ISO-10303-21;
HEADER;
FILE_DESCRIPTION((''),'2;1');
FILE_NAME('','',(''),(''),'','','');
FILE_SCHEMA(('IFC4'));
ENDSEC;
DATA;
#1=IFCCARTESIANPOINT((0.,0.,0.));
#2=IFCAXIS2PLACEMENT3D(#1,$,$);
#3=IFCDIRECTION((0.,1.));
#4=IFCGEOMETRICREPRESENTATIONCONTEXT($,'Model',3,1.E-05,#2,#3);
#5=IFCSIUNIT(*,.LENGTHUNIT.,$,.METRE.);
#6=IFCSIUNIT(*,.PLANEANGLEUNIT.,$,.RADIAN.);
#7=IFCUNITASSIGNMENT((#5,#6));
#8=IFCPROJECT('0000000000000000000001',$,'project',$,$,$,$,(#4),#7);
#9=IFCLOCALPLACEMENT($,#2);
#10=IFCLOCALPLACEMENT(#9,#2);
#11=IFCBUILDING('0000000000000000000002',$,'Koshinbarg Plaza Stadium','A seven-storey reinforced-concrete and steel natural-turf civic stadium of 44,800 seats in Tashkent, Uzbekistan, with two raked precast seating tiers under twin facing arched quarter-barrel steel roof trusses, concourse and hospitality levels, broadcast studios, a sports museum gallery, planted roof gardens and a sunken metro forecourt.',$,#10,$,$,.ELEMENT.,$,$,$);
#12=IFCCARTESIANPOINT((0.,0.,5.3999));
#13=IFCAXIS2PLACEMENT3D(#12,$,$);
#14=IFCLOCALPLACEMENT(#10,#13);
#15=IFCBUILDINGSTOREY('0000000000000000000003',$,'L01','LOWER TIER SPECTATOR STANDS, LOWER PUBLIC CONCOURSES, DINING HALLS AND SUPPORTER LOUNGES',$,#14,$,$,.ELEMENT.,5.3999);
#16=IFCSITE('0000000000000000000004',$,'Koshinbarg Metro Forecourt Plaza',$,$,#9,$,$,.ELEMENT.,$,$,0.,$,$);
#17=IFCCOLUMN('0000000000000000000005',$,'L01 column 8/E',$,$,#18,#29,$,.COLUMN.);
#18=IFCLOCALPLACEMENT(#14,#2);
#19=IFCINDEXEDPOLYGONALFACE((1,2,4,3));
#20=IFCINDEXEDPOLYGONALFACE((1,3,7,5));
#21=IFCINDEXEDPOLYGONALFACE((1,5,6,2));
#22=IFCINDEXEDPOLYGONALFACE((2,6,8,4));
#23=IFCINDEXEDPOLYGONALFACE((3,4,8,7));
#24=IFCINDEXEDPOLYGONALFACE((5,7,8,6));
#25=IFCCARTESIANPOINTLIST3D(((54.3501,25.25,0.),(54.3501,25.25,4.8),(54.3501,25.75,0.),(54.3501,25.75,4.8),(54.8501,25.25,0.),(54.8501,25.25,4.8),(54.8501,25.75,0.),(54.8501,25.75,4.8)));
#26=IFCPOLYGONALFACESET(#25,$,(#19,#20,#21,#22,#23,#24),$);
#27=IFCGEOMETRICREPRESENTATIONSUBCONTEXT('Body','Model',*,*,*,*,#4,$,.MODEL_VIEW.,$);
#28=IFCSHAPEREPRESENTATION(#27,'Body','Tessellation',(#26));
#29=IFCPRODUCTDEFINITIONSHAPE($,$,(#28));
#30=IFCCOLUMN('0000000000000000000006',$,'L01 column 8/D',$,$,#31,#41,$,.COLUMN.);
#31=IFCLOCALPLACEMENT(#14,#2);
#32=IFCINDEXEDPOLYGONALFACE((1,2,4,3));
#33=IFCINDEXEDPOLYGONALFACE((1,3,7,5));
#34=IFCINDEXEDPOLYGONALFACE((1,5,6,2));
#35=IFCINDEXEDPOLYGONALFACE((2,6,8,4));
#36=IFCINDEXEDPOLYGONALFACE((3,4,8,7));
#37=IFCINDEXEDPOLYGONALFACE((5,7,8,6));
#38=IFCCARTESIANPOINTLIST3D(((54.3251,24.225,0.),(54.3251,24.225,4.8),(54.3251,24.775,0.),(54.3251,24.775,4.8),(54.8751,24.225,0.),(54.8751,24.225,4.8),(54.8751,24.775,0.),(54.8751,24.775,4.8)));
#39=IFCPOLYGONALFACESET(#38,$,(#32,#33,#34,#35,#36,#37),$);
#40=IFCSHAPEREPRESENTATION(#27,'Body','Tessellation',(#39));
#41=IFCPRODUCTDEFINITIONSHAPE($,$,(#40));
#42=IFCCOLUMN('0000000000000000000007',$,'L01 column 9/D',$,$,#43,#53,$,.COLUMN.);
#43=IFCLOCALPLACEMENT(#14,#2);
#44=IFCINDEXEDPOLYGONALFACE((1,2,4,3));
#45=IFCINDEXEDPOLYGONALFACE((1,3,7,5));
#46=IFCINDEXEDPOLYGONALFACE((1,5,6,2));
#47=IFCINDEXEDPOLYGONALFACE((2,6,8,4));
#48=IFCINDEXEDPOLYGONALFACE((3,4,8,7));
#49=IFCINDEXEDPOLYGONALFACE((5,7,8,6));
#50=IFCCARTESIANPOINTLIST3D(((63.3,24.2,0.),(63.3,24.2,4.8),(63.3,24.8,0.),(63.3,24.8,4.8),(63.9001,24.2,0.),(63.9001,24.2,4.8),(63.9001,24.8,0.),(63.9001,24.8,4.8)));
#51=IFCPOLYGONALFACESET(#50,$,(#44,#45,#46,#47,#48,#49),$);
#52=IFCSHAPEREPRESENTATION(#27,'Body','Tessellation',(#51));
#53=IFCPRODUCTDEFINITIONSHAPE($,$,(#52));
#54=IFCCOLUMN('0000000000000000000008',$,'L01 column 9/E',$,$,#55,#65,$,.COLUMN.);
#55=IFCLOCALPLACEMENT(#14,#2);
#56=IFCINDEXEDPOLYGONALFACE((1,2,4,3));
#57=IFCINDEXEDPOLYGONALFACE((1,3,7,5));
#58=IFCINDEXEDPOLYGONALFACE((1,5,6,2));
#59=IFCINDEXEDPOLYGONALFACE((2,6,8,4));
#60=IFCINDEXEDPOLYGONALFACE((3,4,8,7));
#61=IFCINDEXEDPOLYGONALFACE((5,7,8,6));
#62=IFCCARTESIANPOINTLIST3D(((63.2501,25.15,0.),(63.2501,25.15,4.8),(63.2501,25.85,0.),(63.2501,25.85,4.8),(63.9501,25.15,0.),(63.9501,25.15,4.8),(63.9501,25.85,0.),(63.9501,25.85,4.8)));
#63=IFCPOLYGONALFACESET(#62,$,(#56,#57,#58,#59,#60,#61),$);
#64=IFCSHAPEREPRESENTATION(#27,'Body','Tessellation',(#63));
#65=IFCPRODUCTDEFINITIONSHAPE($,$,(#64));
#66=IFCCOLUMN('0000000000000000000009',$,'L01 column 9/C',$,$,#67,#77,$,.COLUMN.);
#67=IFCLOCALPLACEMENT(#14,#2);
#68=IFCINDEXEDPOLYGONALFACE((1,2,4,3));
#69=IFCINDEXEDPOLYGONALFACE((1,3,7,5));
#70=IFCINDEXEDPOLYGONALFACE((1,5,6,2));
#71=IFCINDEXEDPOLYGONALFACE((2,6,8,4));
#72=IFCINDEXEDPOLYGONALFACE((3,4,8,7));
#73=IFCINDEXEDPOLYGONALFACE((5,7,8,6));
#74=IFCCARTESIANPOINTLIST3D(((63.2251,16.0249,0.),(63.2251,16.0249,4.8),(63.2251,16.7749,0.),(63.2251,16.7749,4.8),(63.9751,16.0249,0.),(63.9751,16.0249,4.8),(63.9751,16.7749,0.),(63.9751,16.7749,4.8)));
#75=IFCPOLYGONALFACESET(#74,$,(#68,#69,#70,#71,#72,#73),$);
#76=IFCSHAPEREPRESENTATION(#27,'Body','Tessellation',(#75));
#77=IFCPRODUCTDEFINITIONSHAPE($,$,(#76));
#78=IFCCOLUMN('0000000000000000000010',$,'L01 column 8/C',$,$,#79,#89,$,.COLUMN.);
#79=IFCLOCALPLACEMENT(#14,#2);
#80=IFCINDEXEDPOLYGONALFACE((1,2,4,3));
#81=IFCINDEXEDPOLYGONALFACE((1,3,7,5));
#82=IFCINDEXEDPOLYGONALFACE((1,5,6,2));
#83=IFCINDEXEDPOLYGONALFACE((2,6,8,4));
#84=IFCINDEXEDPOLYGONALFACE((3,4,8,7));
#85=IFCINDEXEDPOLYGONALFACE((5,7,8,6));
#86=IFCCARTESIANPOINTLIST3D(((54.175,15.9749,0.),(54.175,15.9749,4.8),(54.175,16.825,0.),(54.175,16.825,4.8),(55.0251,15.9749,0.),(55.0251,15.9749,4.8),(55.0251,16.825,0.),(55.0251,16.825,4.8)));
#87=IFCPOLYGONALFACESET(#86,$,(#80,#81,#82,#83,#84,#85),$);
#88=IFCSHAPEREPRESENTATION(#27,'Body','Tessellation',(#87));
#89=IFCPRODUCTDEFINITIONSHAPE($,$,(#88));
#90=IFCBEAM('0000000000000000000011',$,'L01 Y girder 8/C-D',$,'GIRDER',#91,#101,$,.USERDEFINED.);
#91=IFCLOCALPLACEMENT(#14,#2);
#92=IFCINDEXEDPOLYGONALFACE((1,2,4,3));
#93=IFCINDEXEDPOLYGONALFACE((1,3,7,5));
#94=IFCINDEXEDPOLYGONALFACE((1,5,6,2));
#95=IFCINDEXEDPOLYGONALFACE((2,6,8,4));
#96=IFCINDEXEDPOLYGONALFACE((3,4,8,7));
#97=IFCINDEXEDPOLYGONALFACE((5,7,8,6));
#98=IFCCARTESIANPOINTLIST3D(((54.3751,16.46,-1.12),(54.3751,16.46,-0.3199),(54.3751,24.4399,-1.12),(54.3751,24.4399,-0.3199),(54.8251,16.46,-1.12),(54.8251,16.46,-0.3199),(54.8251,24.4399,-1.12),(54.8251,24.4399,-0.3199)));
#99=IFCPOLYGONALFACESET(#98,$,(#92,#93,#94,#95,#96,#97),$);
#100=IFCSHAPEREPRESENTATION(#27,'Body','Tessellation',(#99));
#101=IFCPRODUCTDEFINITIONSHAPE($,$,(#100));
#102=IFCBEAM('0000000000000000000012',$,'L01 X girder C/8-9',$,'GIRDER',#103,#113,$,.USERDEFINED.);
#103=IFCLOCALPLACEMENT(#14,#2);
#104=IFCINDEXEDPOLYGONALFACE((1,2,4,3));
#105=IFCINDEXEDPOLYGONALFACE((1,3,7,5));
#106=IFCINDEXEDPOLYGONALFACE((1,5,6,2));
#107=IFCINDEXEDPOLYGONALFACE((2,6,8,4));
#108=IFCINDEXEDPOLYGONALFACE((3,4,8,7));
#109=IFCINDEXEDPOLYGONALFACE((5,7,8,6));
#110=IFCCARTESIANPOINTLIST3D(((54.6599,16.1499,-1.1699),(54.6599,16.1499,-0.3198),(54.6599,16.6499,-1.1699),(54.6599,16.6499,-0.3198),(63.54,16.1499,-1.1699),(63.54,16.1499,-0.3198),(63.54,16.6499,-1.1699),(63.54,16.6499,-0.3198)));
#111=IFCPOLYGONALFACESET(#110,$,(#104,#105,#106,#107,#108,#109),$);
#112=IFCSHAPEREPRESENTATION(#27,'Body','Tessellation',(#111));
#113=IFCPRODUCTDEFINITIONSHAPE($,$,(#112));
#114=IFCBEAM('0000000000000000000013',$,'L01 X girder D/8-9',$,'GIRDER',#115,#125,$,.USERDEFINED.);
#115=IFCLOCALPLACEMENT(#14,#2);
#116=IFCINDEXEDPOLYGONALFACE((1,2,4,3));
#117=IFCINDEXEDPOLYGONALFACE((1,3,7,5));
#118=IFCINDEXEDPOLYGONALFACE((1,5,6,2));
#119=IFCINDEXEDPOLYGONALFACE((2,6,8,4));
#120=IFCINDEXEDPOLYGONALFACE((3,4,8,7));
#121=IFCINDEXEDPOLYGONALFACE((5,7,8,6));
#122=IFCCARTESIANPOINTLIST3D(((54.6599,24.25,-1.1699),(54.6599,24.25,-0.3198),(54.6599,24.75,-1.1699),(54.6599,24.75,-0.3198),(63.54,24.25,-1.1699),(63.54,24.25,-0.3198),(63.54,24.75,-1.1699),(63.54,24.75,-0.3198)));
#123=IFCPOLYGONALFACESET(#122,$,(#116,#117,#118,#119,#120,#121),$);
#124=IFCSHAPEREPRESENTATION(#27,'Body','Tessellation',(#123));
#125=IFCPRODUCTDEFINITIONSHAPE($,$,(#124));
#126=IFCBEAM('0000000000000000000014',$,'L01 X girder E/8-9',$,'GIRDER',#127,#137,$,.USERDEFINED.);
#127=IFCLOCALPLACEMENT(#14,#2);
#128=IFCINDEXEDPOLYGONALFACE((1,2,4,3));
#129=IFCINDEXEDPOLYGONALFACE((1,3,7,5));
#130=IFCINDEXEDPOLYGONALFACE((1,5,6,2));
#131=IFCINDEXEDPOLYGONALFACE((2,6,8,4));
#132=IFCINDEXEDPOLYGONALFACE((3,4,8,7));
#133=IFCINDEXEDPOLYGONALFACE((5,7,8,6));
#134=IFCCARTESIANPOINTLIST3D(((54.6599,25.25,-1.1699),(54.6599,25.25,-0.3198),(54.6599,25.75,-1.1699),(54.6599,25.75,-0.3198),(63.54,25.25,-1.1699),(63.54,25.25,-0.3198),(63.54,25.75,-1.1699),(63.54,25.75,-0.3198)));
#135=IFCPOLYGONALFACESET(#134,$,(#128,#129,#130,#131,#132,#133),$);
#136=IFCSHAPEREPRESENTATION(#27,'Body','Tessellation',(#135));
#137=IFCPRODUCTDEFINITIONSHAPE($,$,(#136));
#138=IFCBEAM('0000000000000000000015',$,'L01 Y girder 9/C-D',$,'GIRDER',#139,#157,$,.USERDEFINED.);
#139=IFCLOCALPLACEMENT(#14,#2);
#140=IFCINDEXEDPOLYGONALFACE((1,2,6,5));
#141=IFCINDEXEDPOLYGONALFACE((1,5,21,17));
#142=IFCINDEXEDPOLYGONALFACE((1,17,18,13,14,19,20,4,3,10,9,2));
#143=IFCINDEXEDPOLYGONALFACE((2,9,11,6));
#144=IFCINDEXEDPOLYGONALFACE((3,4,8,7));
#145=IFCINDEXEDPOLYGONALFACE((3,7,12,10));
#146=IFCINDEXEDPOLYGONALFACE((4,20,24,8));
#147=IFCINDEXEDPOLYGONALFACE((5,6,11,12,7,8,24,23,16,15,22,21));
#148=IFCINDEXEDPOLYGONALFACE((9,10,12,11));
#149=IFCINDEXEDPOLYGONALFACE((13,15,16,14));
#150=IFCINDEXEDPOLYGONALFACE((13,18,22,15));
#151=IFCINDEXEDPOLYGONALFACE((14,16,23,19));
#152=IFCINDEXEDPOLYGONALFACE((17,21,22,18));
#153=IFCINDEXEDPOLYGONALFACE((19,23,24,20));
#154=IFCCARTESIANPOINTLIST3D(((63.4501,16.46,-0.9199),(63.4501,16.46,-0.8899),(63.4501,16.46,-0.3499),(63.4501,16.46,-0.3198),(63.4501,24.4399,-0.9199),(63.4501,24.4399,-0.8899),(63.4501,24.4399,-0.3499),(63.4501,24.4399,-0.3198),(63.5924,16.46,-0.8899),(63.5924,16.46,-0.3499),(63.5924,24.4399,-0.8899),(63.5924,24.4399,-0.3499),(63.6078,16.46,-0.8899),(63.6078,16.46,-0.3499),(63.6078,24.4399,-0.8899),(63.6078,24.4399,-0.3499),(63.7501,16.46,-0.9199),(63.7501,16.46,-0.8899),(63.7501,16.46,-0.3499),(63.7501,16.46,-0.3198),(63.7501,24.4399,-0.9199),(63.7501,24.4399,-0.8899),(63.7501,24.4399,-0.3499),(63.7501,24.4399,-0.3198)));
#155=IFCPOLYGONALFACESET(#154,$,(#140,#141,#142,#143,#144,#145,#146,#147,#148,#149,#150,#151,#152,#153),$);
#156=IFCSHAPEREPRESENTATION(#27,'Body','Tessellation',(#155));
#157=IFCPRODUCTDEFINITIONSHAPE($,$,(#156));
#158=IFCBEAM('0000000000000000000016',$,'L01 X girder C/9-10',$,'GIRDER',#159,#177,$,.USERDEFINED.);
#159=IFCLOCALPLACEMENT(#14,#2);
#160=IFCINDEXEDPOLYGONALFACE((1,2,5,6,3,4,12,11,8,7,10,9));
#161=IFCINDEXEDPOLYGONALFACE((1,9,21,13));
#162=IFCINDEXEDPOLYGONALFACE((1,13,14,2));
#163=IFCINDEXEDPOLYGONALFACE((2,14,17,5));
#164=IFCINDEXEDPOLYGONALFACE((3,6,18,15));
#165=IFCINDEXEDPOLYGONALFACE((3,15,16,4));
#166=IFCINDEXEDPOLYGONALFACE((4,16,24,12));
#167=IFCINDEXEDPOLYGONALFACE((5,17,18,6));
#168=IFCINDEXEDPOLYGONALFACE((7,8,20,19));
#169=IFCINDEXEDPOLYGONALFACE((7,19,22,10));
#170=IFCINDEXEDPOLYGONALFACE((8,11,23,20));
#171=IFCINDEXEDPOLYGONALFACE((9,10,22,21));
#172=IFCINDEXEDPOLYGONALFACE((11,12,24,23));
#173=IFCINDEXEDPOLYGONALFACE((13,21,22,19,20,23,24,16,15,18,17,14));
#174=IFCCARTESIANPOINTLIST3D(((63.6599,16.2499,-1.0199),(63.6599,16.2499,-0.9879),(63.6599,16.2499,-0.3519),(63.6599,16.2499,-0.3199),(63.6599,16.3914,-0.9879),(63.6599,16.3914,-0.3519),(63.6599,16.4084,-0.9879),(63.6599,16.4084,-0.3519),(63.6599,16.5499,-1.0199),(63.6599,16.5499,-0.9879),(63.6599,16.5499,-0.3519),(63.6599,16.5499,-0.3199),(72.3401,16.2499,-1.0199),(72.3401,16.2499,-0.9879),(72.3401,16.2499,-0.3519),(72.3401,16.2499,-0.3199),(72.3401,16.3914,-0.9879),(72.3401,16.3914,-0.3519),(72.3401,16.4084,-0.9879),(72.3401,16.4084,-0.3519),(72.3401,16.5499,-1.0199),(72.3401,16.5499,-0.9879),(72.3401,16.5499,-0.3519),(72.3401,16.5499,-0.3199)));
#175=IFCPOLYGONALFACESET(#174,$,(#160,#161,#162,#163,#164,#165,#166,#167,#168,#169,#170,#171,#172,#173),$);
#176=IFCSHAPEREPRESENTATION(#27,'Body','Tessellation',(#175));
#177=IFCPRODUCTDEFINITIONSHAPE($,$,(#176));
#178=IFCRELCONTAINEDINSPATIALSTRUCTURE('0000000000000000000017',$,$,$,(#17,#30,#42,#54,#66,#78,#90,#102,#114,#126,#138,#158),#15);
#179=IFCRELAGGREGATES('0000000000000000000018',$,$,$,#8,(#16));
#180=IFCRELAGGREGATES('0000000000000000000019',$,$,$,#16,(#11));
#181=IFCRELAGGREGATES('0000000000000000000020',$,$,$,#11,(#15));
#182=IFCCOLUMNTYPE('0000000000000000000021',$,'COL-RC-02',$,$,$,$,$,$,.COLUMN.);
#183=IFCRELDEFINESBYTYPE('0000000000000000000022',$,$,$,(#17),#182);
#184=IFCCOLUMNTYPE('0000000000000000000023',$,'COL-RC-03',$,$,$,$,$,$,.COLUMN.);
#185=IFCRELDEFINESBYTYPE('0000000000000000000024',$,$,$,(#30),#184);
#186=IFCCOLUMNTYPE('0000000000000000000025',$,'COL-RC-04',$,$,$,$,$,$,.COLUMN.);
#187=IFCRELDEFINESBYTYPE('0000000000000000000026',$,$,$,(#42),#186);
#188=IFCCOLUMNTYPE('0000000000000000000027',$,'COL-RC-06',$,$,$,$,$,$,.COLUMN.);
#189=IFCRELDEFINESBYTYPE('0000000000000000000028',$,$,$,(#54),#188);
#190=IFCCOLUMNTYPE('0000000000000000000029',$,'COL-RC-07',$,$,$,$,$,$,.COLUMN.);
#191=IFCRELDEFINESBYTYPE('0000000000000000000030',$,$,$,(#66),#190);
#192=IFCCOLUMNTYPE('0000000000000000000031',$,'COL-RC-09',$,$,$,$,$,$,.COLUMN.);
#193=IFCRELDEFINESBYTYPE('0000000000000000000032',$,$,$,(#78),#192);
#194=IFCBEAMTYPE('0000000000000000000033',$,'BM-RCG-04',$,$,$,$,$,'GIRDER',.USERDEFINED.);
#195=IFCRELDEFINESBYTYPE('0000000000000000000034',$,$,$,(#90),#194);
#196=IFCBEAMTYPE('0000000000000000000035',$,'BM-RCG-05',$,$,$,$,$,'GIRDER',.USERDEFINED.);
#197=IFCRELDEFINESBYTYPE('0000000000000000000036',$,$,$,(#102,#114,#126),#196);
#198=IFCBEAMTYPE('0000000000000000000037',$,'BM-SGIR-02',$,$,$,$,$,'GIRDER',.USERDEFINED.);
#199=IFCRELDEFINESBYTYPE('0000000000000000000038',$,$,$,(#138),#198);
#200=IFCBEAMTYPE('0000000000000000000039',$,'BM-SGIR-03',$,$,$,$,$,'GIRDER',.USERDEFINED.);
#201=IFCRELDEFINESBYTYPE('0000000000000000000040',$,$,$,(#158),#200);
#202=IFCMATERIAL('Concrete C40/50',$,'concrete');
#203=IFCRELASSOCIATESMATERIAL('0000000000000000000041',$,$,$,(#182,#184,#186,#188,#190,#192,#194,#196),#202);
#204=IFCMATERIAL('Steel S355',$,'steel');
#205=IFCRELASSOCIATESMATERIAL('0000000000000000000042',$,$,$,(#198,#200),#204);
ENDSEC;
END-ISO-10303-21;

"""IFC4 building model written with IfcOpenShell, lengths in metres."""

from ifc_helpers import new_model, si_unit, direction, frame, origin, origin_2d, place, context, subcontext, project, spatial, rectangle, i_section, extrude, material, material_profile, profile_set, type_object, element, save


model = new_model("IFC4")

# Units and contexts
model_context = context("Model", 3, precision=1e-05, world=origin(), true_north=direction((0.0, 1.0)))
body_context = subcontext(model_context, "Body", "Model", "MODEL_VIEW")
ifc_project = project(units=[si_unit("LENGTHUNIT", "METRE"), si_unit("PLANEANGLEUNIT", "RADIAN")], contexts=[model_context])

# Site, building, storey
site_placement = place(None, origin())
site = spatial("IfcSite", under=ifc_project, at=site_placement, Name="Koshinbarg Metro Forecourt Plaza", CompositionType="ELEMENT", RefElevation=0.0)
building_placement = place(site_placement, origin())
building = spatial("IfcBuilding", under=site, at=building_placement, Name="Koshinbarg Plaza Stadium", Description="A seven-storey reinforced-concrete and steel natural-turf civic stadium of 44,800 seats in Tashkent, Uzbekistan, with two raked precast seating tiers under twin facing arched quarter-barrel steel roof trusses, concourse and hospitality levels, broadcast studios, a sports museum gallery, planted roof gardens and a sunken metro forecourt.", CompositionType="ELEMENT")
storey_placement = place(building_placement, frame((0.0, 0.0, 5.3999)))
storey = spatial("IfcBuildingStorey", under=building, at=storey_placement, Name="L01", Description="LOWER TIER SPECTATOR STANDS, LOWER PUBLIC CONCOURSES, DINING HALLS AND SUPPORTER LOUNGES", CompositionType="ELEMENT", Elevation=5.3999)

# Columns
ifc_material_1 = material(Name="Concrete C40/50", Category="concrete")
ifc_material_profile_1 = material_profile(ifc_material_1, rectangle(XDim=0.5, YDim=0.5, at=origin_2d()), Name="RC 500x500")
ifc_profile_set_1 = profile_set([ifc_material_profile_1], Name="Concrete C40/50")
column_type_1 = type_object("IfcColumnType", Name="COL-RC-02", PredefinedType="COLUMN", material=ifc_profile_set_1)
column_1_placement = place(storey_placement, frame((54.6001, 25.5, 0.0), z_axis=(0.0, 0.0, 1.0), x_axis=(1.0, 0.0, 0.0)))
element("IfcColumn", 1, at=column_1_placement, inside=storey, type_object=column_type_1, Name="L01 column 8/E", PredefinedType="COLUMN", context=body_context, shape_type="SweptSolid", body=[
    extrude(rectangle(XDim=0.5, YDim=0.5, at=origin_2d()), origin(), (0.0, 0.0, 1.0), 4.8),
])
ifc_material_profile_2 = material_profile(ifc_material_1, rectangle(XDim=0.55, YDim=0.55, at=origin_2d()), Name="RC 550x550")
ifc_profile_set_2 = profile_set([ifc_material_profile_2], Name="Concrete C40/50")
column_type_2 = type_object("IfcColumnType", Name="COL-RC-03", PredefinedType="COLUMN", material=ifc_profile_set_2)
column_2_placement = place(storey_placement, frame((54.6001, 24.5, 0.0), z_axis=(0.0, 0.0, 1.0), x_axis=(1.0, 0.0, 0.0)))
element("IfcColumn", 2, at=column_2_placement, inside=storey, type_object=column_type_2, Name="L01 column 8/D", PredefinedType="COLUMN", context=body_context, shape_type="SweptSolid", body=[
    extrude(rectangle(XDim=0.55, YDim=0.55, at=origin_2d()), origin(), (0.0, 0.0, 1.0), 4.8),
])
ifc_material_profile_3 = material_profile(ifc_material_1, rectangle(XDim=0.6001, YDim=0.6001, at=origin_2d()), Name="RC 600x600")
ifc_profile_set_3 = profile_set([ifc_material_profile_3], Name="Concrete C40/50")
column_type_3 = type_object("IfcColumnType", Name="COL-RC-04", PredefinedType="COLUMN", material=ifc_profile_set_3)
column_3_placement = place(storey_placement, frame((63.6001, 24.5, 0.0), z_axis=(0.0, 0.0, 1.0), x_axis=(1.0, 0.0, 0.0)))
element("IfcColumn", 3, at=column_3_placement, inside=storey, type_object=column_type_3, Name="L01 column 9/D", PredefinedType="COLUMN", context=body_context, shape_type="SweptSolid", body=[
    extrude(rectangle(XDim=0.6001, YDim=0.6001, at=origin_2d()), origin(), (0.0, 0.0, 1.0), 4.8),
])
ifc_material_profile_4 = material_profile(ifc_material_1, rectangle(XDim=0.7, YDim=0.7, at=origin_2d()), Name="RC 700x700")
ifc_profile_set_4 = profile_set([ifc_material_profile_4], Name="Concrete C40/50")
column_type_4 = type_object("IfcColumnType", Name="COL-RC-06", PredefinedType="COLUMN", material=ifc_profile_set_4)
column_4_placement = place(storey_placement, frame((63.6001, 25.5, 0.0), z_axis=(0.0, 0.0, 1.0), x_axis=(1.0, 0.0, 0.0)))
element("IfcColumn", 4, at=column_4_placement, inside=storey, type_object=column_type_4, Name="L01 column 9/E", PredefinedType="COLUMN", context=body_context, shape_type="SweptSolid", body=[
    extrude(rectangle(XDim=0.7, YDim=0.7, at=origin_2d()), origin(), (0.0, 0.0, 1.0), 4.8),
])
ifc_material_profile_5 = material_profile(ifc_material_1, rectangle(XDim=0.75, YDim=0.75, at=origin_2d()), Name="RC 750x750")
ifc_profile_set_5 = profile_set([ifc_material_profile_5], Name="Concrete C40/50")
column_type_5 = type_object("IfcColumnType", Name="COL-RC-07", PredefinedType="COLUMN", material=ifc_profile_set_5)
column_5_placement = place(storey_placement, frame((63.6001, 16.3999, 0.0), z_axis=(0.0, 0.0, 1.0), x_axis=(1.0, 0.0, 0.0)))
element("IfcColumn", 5, at=column_5_placement, inside=storey, type_object=column_type_5, Name="L01 column 9/C", PredefinedType="COLUMN", context=body_context, shape_type="SweptSolid", body=[
    extrude(rectangle(XDim=0.75, YDim=0.75, at=origin_2d()), origin(), (0.0, 0.0, 1.0), 4.8),
])
ifc_material_profile_6 = material_profile(ifc_material_1, rectangle(XDim=0.8501, YDim=0.8501, at=origin_2d()), Name="RC 850x850")
ifc_profile_set_6 = profile_set([ifc_material_profile_6], Name="Concrete C40/50")
column_type_6 = type_object("IfcColumnType", Name="COL-RC-09", PredefinedType="COLUMN", material=ifc_profile_set_6)
column_6_placement = place(storey_placement, frame((54.6001, 16.3999, 0.0), z_axis=(0.0, 0.0, 1.0), x_axis=(1.0, 0.0, 0.0)))
element("IfcColumn", 6, at=column_6_placement, inside=storey, type_object=column_type_6, Name="L01 column 8/C", PredefinedType="COLUMN", context=body_context, shape_type="SweptSolid", body=[
    extrude(rectangle(XDim=0.8501, YDim=0.8501, at=origin_2d()), origin(), (0.0, 0.0, 1.0), 4.8),
])

# Beams
ifc_material_profile_7 = material_profile(ifc_material_1, rectangle(XDim=0.45, YDim=0.8, at=origin_2d()), Name="RC 450x800")
ifc_profile_set_7 = profile_set([ifc_material_profile_7], Name="Concrete C40/50")
beam_type_1 = type_object("IfcBeamType", Name="BM-RCG-04", ElementType="GIRDER", PredefinedType="USERDEFINED", material=ifc_profile_set_7)
beam_1_placement = place(storey_placement, frame((54.6001, 16.46, -0.72), z_axis=(0.0, 1.0, 0.0), x_axis=(-1.0, 0.0, 0.0)))
element("IfcBeam", 7, at=beam_1_placement, inside=storey, type_object=beam_type_1, Name="L01 Y girder 8/C-D", ObjectType="GIRDER", PredefinedType="USERDEFINED", context=body_context, shape_type="SweptSolid", body=[
    extrude(rectangle(XDim=0.45, YDim=0.8, at=origin_2d()), origin(), (0.0, 0.0, 1.0), 7.98),
])
ifc_material_profile_8 = material_profile(ifc_material_1, rectangle(XDim=0.5, YDim=0.8501, at=origin_2d()), Name="RC 500x850")
ifc_profile_set_8 = profile_set([ifc_material_profile_8], Name="Concrete C40/50")
beam_type_2 = type_object("IfcBeamType", Name="BM-RCG-05", ElementType="GIRDER", PredefinedType="USERDEFINED", material=ifc_profile_set_8)
for number, where, z_axis, x_axis, name in (
    (8, (54.6599, 16.3999, -0.7449), (1.0, 0.0, 0.0), (0.0, 1.0, 0.0), "L01 X girder C/8-9"),
    (9, (54.6599, 24.5, -0.7449), (1.0, 0.0, 0.0), (0.0, 1.0, 0.0), "L01 X girder D/8-9"),
    (10, (54.6599, 25.5, -0.7449), (1.0, 0.0, 0.0), (0.0, 1.0, 0.0), "L01 X girder E/8-9"),
):
    element("IfcBeam", number, at=place(storey_placement, frame(where, z_axis=z_axis, x_axis=x_axis)), inside=storey, type_object=beam_type_2, Name=name, ObjectType="GIRDER", PredefinedType="USERDEFINED", context=body_context, shape_type="SweptSolid", body=[
        extrude(rectangle(XDim=0.5, YDim=0.8501, at=origin_2d()), origin(), (0.0, 0.0, 1.0), 8.8801),
    ])
ifc_material_2 = material(Name="Steel S355", Category="steel")
ifc_material_profile_9 = material_profile(ifc_material_2, i_section(OverallWidth=0.3, OverallDepth=0.6001, WebThickness=0.0154, FlangeThickness=0.03, at=origin_2d()), Name="HEB 600")
ifc_profile_set_9 = profile_set([ifc_material_profile_9], Name="Steel S355")
beam_type_3 = type_object("IfcBeamType", Name="BM-SGIR-02", ElementType="GIRDER", PredefinedType="USERDEFINED", material=ifc_profile_set_9)
beam_2_placement = place(storey_placement, frame((63.6001, 16.46, -0.6199), z_axis=(0.0, 1.0, 0.0), x_axis=(-1.0, 0.0, 0.0)))
element("IfcBeam", 11, at=beam_2_placement, inside=storey, type_object=beam_type_3, Name="L01 Y girder 9/C-D", ObjectType="GIRDER", PredefinedType="USERDEFINED", context=body_context, shape_type="SweptSolid", body=[
    extrude(i_section(OverallWidth=0.3, OverallDepth=0.6001, WebThickness=0.0154, FlangeThickness=0.03, at=origin_2d()), origin(), (0.0, 0.0, 1.0), 7.98),
])
ifc_material_profile_10 = material_profile(ifc_material_2, i_section(OverallWidth=0.3, OverallDepth=0.7, WebThickness=0.0171, FlangeThickness=0.032, at=origin_2d()), Name="HEB 700")
ifc_profile_set_10 = profile_set([ifc_material_profile_10], Name="Steel S355")
beam_type_4 = type_object("IfcBeamType", Name="BM-SGIR-03", ElementType="GIRDER", PredefinedType="USERDEFINED", material=ifc_profile_set_10)
for number, where, z_axis, x_axis, name in (
    (12, (63.6599, 16.3999, -0.6699), (1.0, 0.0, 0.0), (0.0, 1.0, 0.0), "L01 X girder C/9-10"),
):
    element("IfcBeam", number, at=place(storey_placement, frame(where, z_axis=z_axis, x_axis=x_axis)), inside=storey, type_object=beam_type_4, Name=name, ObjectType="GIRDER", PredefinedType="USERDEFINED", context=body_context, shape_type="SweptSolid", body=[
        extrude(i_section(OverallWidth=0.3, OverallDepth=0.7, WebThickness=0.0171, FlangeThickness=0.032, at=origin_2d()), origin(), (0.0, 0.0, 1.0), 8.6802),
    ])

save(model, "model.ifc")
